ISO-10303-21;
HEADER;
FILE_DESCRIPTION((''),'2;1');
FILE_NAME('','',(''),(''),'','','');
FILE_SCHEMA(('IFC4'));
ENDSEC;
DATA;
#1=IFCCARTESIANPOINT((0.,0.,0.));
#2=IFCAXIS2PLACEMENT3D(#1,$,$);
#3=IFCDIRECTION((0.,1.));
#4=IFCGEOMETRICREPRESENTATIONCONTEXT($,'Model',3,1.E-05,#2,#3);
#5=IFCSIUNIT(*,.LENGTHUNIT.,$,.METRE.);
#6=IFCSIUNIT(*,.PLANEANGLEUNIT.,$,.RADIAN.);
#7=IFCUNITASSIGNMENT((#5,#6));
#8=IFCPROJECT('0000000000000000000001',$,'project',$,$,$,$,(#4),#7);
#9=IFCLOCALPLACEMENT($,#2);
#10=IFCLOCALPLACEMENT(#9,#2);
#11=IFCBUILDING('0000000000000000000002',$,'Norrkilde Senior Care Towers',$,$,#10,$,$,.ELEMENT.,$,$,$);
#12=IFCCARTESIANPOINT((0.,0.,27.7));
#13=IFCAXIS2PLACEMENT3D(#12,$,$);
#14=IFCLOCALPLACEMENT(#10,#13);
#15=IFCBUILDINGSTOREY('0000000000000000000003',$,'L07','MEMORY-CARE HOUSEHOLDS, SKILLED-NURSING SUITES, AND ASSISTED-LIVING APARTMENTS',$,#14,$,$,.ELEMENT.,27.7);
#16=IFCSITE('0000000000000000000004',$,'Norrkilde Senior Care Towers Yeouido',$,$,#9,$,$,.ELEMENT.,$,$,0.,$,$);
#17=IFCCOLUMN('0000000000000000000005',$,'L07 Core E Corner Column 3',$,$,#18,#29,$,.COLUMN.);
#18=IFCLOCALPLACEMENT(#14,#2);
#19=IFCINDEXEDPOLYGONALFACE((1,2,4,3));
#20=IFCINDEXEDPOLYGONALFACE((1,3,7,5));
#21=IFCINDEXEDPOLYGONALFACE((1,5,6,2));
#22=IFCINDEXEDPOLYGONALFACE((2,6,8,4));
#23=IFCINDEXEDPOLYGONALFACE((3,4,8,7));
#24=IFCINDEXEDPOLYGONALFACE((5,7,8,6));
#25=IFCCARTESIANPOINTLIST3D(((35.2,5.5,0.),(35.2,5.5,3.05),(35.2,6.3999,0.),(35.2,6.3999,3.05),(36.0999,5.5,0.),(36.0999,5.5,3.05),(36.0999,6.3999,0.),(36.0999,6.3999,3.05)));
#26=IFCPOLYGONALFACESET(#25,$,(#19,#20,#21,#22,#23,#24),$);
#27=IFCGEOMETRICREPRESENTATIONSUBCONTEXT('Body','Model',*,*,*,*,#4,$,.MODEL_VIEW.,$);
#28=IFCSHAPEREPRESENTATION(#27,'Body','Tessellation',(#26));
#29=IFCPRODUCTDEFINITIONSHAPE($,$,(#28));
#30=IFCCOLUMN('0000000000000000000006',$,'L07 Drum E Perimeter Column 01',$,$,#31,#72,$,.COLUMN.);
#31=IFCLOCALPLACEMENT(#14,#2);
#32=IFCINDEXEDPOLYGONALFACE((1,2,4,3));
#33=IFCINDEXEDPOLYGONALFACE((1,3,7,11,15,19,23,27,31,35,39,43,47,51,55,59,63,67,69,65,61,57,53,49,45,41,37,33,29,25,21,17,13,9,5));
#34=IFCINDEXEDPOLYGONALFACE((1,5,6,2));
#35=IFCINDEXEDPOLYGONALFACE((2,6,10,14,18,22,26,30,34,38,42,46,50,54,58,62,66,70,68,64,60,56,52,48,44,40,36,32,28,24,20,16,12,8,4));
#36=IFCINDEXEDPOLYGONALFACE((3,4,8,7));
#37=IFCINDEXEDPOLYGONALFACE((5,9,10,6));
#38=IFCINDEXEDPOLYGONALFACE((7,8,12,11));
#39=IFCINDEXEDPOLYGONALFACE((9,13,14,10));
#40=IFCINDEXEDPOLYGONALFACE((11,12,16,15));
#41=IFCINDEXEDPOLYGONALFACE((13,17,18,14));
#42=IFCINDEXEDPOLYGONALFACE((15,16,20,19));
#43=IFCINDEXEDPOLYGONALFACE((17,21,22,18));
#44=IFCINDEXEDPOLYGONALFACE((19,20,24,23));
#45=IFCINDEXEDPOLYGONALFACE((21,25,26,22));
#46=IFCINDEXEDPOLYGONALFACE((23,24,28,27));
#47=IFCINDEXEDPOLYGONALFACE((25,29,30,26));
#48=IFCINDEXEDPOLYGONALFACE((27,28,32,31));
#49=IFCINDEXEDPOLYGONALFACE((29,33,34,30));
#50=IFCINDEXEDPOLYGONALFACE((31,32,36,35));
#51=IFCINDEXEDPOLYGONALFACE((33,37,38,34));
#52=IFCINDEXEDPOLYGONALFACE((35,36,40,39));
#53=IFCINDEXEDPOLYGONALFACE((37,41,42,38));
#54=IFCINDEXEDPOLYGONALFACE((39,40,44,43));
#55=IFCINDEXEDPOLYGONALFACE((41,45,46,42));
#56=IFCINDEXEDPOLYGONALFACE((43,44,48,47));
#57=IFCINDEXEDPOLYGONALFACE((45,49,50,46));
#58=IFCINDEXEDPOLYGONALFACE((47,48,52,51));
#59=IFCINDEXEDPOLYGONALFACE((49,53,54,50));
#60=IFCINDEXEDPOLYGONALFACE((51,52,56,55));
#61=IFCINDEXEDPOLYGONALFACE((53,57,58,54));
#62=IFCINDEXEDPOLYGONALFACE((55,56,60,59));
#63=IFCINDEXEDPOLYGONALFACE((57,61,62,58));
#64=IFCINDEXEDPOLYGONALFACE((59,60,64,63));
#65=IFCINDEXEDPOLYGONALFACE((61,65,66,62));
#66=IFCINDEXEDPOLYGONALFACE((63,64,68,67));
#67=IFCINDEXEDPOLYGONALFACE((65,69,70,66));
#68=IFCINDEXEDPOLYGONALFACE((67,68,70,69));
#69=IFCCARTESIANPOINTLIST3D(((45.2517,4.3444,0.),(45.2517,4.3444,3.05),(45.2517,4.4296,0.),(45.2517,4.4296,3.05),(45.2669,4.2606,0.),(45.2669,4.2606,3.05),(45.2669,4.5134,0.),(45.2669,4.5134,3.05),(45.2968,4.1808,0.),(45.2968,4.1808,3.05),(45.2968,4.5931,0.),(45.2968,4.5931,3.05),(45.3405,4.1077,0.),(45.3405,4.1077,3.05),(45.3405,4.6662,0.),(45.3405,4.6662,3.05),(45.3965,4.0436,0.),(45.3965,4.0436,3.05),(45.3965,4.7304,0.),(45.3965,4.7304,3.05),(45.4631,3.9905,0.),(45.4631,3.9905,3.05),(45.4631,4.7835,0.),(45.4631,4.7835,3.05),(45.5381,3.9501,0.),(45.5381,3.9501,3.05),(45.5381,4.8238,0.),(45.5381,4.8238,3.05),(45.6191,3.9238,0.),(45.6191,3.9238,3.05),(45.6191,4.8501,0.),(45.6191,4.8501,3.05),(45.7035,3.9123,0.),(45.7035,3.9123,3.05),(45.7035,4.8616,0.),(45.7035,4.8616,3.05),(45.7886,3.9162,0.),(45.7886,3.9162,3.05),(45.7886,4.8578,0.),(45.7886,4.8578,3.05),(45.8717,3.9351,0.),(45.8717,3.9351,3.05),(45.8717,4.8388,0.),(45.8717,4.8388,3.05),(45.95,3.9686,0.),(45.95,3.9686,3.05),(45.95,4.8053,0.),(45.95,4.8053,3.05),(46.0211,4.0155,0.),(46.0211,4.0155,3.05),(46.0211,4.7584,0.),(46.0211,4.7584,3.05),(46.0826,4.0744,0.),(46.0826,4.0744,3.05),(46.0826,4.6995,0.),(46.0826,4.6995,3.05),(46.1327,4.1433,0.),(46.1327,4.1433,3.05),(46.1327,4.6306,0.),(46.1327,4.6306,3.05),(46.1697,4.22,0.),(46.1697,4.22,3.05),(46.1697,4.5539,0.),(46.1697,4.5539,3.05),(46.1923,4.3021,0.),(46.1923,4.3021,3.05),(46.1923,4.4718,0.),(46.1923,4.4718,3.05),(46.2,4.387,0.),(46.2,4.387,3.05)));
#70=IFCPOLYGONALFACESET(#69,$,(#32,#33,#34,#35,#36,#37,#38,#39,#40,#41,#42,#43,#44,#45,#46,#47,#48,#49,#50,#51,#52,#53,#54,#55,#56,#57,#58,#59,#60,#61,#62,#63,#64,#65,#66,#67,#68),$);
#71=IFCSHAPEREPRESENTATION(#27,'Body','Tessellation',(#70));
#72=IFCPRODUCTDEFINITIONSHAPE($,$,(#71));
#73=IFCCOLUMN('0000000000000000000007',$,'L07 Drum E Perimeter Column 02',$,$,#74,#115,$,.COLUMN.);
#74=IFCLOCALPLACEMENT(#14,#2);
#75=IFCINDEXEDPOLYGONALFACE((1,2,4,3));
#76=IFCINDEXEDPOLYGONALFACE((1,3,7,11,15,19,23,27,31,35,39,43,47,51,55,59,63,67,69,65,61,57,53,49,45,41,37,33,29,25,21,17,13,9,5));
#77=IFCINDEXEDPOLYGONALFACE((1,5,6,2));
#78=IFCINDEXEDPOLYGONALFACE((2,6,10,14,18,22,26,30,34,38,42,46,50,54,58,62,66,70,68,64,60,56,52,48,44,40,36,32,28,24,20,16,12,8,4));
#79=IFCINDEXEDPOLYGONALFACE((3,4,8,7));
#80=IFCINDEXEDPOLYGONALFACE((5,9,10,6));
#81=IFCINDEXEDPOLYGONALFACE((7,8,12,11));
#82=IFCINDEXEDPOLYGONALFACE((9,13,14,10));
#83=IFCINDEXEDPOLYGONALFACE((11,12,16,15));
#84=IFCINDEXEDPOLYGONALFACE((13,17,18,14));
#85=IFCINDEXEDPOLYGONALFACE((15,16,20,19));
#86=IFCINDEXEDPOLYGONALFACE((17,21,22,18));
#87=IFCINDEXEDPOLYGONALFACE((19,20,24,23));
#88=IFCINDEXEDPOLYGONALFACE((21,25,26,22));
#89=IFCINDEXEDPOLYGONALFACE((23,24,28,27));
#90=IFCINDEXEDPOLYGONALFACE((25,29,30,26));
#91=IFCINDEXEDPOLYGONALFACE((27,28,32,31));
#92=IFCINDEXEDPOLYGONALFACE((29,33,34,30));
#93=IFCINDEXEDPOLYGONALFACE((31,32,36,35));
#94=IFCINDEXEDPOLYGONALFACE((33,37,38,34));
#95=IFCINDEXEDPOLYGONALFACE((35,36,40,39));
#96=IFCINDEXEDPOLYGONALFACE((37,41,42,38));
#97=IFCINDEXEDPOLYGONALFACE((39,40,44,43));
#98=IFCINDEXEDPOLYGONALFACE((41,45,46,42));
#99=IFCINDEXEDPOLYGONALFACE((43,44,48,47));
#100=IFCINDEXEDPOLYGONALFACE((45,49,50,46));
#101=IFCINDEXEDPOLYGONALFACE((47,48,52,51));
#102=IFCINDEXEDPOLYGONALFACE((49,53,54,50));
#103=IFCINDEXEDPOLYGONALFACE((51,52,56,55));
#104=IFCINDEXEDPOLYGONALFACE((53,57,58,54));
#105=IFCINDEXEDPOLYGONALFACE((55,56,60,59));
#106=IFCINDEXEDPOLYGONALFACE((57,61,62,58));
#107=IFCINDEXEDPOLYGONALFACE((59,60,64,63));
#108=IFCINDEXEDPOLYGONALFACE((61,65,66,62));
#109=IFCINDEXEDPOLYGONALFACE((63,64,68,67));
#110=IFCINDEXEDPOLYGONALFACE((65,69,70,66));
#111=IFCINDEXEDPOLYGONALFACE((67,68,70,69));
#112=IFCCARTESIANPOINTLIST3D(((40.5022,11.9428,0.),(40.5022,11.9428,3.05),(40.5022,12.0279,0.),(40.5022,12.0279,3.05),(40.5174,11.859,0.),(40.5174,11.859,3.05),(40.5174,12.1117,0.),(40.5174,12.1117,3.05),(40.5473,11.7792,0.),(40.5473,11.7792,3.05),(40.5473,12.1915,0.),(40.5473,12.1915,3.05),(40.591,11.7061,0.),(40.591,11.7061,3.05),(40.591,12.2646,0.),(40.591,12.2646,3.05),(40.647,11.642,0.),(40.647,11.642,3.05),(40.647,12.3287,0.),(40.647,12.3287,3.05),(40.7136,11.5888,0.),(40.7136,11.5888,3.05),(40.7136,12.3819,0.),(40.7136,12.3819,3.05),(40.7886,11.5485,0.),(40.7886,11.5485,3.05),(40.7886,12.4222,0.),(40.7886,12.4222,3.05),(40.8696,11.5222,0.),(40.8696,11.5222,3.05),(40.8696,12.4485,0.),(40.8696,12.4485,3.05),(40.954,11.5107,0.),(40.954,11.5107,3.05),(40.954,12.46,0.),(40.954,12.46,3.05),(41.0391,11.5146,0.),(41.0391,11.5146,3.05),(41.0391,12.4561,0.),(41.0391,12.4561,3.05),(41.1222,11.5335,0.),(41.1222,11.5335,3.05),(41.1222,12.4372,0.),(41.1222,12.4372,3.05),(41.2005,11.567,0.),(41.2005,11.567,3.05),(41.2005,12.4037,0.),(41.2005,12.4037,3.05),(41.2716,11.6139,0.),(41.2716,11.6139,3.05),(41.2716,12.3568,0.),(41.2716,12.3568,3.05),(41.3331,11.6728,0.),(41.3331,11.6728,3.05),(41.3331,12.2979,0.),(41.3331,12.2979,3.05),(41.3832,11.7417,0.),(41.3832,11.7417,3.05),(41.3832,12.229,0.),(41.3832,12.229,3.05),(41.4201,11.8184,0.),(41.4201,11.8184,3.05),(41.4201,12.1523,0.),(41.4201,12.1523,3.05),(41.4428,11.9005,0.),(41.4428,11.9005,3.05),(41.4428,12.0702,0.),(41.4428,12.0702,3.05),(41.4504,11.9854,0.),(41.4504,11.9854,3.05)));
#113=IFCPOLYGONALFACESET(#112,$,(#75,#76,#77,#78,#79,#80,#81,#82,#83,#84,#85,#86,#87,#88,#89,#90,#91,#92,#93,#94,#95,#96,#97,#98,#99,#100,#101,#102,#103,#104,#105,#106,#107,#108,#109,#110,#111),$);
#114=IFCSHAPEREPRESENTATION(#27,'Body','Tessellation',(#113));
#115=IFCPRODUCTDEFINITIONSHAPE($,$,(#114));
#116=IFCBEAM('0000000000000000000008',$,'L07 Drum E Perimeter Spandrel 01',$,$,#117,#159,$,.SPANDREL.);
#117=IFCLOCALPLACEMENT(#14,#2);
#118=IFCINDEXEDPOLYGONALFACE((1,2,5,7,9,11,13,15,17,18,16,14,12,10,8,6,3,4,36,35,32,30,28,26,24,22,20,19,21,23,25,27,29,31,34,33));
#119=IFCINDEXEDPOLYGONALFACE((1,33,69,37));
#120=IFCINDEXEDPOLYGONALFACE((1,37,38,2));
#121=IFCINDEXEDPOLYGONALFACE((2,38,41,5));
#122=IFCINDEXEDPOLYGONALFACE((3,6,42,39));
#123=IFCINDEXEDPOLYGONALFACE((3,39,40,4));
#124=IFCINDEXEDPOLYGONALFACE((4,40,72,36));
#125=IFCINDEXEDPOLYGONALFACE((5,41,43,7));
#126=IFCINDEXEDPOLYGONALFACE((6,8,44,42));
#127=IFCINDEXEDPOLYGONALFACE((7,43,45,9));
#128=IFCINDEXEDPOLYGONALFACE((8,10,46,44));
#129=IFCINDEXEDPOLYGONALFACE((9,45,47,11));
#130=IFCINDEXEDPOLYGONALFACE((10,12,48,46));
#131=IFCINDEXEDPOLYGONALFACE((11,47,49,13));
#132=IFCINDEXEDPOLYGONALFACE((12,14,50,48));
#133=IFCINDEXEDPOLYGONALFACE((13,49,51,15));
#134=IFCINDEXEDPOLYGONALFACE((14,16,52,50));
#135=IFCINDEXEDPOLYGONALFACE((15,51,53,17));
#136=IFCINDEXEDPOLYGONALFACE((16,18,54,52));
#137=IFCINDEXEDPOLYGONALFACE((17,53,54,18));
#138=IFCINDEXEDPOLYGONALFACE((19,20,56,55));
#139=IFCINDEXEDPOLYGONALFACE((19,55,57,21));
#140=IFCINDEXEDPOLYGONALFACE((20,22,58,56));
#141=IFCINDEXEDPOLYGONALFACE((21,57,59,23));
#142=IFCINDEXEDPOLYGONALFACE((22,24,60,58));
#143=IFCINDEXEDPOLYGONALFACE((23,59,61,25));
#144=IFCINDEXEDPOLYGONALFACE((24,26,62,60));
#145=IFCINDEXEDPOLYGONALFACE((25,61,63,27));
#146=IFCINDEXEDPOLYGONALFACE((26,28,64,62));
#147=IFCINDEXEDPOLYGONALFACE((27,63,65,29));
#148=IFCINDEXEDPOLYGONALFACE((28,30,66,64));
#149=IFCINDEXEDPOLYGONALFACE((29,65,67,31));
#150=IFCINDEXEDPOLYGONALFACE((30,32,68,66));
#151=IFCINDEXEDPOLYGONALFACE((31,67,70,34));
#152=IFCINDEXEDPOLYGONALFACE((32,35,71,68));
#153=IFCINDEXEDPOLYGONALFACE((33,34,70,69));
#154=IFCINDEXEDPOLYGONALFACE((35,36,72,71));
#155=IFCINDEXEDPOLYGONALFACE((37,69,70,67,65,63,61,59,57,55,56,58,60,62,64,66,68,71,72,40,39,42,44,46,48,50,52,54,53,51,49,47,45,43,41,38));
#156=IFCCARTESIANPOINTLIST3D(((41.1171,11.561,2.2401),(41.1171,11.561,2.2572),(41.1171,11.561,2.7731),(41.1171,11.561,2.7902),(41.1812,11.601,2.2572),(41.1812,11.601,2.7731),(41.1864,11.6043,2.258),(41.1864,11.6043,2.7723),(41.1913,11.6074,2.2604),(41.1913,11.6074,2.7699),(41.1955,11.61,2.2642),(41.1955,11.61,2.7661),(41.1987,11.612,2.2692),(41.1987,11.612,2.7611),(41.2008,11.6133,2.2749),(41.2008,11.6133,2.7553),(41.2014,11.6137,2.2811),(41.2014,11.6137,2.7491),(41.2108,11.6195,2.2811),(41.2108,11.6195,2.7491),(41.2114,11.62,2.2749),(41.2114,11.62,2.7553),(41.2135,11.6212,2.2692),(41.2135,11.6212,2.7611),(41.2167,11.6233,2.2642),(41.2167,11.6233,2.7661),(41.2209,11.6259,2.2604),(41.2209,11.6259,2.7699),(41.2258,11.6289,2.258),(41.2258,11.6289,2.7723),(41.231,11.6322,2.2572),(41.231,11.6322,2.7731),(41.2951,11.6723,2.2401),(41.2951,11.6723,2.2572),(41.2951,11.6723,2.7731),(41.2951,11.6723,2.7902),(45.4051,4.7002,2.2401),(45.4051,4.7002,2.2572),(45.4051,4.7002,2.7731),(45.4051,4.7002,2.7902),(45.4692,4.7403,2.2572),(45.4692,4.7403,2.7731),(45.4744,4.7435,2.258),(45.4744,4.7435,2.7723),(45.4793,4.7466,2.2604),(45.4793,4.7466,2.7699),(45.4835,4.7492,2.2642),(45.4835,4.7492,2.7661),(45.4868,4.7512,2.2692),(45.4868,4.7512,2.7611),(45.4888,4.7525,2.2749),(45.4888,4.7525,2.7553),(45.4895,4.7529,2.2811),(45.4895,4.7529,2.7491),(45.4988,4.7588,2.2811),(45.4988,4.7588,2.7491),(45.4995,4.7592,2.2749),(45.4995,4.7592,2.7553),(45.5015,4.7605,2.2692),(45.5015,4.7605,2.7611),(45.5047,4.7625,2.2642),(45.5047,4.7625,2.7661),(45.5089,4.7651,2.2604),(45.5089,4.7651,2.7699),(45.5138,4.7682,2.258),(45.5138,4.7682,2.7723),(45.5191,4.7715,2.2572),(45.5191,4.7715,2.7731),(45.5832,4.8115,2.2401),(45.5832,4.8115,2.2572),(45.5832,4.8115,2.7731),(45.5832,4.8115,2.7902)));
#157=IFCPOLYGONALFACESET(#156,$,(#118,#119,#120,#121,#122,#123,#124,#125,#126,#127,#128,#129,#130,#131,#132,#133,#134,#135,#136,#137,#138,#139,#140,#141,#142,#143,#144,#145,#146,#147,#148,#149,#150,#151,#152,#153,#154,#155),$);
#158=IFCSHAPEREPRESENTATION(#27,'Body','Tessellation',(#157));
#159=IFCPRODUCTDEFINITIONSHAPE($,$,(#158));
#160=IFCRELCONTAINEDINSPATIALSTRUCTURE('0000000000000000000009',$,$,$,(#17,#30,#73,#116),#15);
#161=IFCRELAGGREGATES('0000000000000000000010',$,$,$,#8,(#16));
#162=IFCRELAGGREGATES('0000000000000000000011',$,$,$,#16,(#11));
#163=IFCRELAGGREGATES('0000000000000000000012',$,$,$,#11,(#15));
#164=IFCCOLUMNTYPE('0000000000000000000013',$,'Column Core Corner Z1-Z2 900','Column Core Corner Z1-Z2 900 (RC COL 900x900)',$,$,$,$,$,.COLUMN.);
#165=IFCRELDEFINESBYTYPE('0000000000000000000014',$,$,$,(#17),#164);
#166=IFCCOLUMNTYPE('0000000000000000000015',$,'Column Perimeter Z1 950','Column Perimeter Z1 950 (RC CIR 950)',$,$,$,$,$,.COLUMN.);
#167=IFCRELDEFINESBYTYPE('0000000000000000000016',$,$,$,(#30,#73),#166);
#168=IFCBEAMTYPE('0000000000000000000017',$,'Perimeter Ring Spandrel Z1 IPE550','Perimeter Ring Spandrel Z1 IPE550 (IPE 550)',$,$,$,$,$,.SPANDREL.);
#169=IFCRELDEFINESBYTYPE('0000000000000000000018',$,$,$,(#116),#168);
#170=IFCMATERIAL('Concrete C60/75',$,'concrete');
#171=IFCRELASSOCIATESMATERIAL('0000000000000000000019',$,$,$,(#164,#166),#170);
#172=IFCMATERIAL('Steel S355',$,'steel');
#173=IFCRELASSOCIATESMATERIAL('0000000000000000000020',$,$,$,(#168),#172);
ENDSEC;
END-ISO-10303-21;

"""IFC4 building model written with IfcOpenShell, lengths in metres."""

from ifc_helpers import new_model, si_unit, direction, frame, origin, origin_2d, place, context, subcontext, project, spatial, rectangle, circle, i_section, extrude, source, transform, mapped, material, material_profile, profile_set, type_object, type_shapes, element, save


model = new_model("IFC4")

# Units and contexts
model_context = context("Model", 3, precision=1e-05, world=origin(), true_north=direction((0.0, 1.0)))
body_context = subcontext(model_context, "Body", "Model", "MODEL_VIEW")
ifc_project = project(units=[si_unit("LENGTHUNIT", "METRE"), si_unit("PLANEANGLEUNIT", "RADIAN")], contexts=[model_context])

# Site, building, storey
site_placement = place(None, origin())
site = spatial("IfcSite", under=ifc_project, at=site_placement, Name="Norrkilde Senior Care Towers Yeouido", CompositionType="ELEMENT", RefElevation=0.0)
building_placement = place(site_placement, origin())
building = spatial("IfcBuilding", under=site, at=building_placement, Name="Norrkilde Senior Care Towers", CompositionType="ELEMENT")
storey_placement = place(building_placement, frame((0.0, 0.0, 27.7)))
storey = spatial("IfcBuildingStorey", under=building, at=storey_placement, Name="L07", Description="MEMORY-CARE HOUSEHOLDS, SKILLED-NURSING SUITES, AND ASSISTED-LIVING APARTMENTS", CompositionType="ELEMENT", Elevation=27.7)

# Columns
ifc_material_1 = material(Name="Concrete C60/75", Category="concrete")
ifc_material_profile_1 = material_profile(ifc_material_1, rectangle(XDim=0.8999, YDim=0.8999, at=origin_2d()), Name="RC COL 900x900")
ifc_profile_set_1 = profile_set([ifc_material_profile_1], Name="Concrete C60/75")
column_type_1 = type_object("IfcColumnType", Name="Column Core Corner Z1-Z2 900", Description="Column Core Corner Z1-Z2 900 (RC COL 900x900)", PredefinedType="COLUMN", material=ifc_profile_set_1)
shared_shape_1 = source(origin(), body_context, "Body", "SweptSolid", [
    extrude(rectangle(XDim=0.8999, YDim=0.8999, at=origin_2d()), origin(), (0.0, 0.0, 1.0), 3.05),
])
type_shapes(column_type_1, [shared_shape_1])
column_placement = place(storey_placement, frame((35.6499, 5.95, 0.0), z_axis=(0.0, 0.0, 1.0), x_axis=(1.0, 0.0, 0.0)))
element("IfcColumn", 1, at=column_placement, inside=storey, type_object=column_type_1, Name="L07 Core E Corner Column 3", PredefinedType="COLUMN", context=body_context, shape_type="MappedRepresentation", body=[
    mapped(shared_shape_1, transform((0.0, 0.0, 0.0), x_axis=(1.0, 0.0, 0.0), y_axis=(0.0, 1.0, 0.0), z_axis=(0.0, 0.0, 1.0), scale=1.0)),
])
ifc_material_profile_2 = material_profile(ifc_material_1, circle(Radius=0.4751, at=origin_2d()), Name="RC CIR 950")
ifc_profile_set_2 = profile_set([ifc_material_profile_2], Name="Concrete C60/75")
column_type_2 = type_object("IfcColumnType", Name="Column Perimeter Z1 950", Description="Column Perimeter Z1 950 (RC CIR 950)", PredefinedType="COLUMN", material=ifc_profile_set_2)
shared_shape_2 = source(origin(), body_context, "Body", "SweptSolid", [
    extrude(circle(Radius=0.4751, at=origin_2d()), origin(), (0.0, 0.0, 1.0), 3.05),
])
type_shapes(column_type_2, [shared_shape_2])
for number, where, z_axis, x_axis, name in (
    (2, (45.7249, 4.387, 0.0), (0.0, 0.0, 1.0), (1.0, 0.0, 0.0), "L07 Drum E Perimeter Column 01"),
    (3, (40.9753, 11.9854, 0.0), (0.0, 0.0, 1.0), (1.0, 0.0, 0.0), "L07 Drum E Perimeter Column 02"),
):
    element("IfcColumn", number, at=place(storey_placement, frame(where, z_axis=z_axis, x_axis=x_axis)), inside=storey, type_object=column_type_2, Name=name, PredefinedType="COLUMN", context=body_context, shape_type="MappedRepresentation", body=[
        mapped(shared_shape_2, transform((0.0, 0.0, 0.0), x_axis=(1.0, 0.0, 0.0), y_axis=(0.0, 1.0, 0.0), z_axis=(0.0, 0.0, 1.0), scale=1.0)),
    ])

# Beam
ifc_material_2 = material(Name="Steel S355", Category="steel")
ifc_material_profile_3 = material_profile(ifc_material_2, i_section(OverallWidth=0.21, OverallDepth=0.55, WebThickness=0.011, FlangeThickness=0.0171, FilletRadius=0.0239, at=origin_2d()), Name="IPE 550")
ifc_profile_set_3 = profile_set([ifc_material_profile_3], Name="Steel S355")
beam_type_1 = type_object("IfcBeamType", Name="Perimeter Ring Spandrel Z1 IPE550", Description="Perimeter Ring Spandrel Z1 IPE550 (IPE 550)", PredefinedType="SPANDREL", material=ifc_profile_set_3)
shared_shape_3 = source(origin(), body_context, "Body", "SweptSolid", [
    extrude(i_section(OverallWidth=0.21, OverallDepth=0.55, WebThickness=0.011, FlangeThickness=0.0171, FilletRadius=0.0239, at=origin_2d()), origin(), (0.0, 0.0, 1.0), 8.0906),
])
beam_1_placement = place(storey_placement, frame((45.4941, 4.7559, 2.5151), z_axis=(-0.530004, 0.847995, 0.0), x_axis=(-0.847995, -0.530004, 0.0)))
element("IfcBeam", 4, at=beam_1_placement, inside=storey, type_object=beam_type_1, Name="L07 Drum E Perimeter Spandrel 01", PredefinedType="SPANDREL", context=body_context, shape_type="MappedRepresentation", body=[
    mapped(shared_shape_3, transform((0.0, 0.0, 0.0), x_axis=(1.0, 0.0, 0.0), y_axis=(0.0, 1.0, 0.0), z_axis=(0.0, 0.0, 1.0), scale=1.0)),
])

save(model, "model.ifc")
